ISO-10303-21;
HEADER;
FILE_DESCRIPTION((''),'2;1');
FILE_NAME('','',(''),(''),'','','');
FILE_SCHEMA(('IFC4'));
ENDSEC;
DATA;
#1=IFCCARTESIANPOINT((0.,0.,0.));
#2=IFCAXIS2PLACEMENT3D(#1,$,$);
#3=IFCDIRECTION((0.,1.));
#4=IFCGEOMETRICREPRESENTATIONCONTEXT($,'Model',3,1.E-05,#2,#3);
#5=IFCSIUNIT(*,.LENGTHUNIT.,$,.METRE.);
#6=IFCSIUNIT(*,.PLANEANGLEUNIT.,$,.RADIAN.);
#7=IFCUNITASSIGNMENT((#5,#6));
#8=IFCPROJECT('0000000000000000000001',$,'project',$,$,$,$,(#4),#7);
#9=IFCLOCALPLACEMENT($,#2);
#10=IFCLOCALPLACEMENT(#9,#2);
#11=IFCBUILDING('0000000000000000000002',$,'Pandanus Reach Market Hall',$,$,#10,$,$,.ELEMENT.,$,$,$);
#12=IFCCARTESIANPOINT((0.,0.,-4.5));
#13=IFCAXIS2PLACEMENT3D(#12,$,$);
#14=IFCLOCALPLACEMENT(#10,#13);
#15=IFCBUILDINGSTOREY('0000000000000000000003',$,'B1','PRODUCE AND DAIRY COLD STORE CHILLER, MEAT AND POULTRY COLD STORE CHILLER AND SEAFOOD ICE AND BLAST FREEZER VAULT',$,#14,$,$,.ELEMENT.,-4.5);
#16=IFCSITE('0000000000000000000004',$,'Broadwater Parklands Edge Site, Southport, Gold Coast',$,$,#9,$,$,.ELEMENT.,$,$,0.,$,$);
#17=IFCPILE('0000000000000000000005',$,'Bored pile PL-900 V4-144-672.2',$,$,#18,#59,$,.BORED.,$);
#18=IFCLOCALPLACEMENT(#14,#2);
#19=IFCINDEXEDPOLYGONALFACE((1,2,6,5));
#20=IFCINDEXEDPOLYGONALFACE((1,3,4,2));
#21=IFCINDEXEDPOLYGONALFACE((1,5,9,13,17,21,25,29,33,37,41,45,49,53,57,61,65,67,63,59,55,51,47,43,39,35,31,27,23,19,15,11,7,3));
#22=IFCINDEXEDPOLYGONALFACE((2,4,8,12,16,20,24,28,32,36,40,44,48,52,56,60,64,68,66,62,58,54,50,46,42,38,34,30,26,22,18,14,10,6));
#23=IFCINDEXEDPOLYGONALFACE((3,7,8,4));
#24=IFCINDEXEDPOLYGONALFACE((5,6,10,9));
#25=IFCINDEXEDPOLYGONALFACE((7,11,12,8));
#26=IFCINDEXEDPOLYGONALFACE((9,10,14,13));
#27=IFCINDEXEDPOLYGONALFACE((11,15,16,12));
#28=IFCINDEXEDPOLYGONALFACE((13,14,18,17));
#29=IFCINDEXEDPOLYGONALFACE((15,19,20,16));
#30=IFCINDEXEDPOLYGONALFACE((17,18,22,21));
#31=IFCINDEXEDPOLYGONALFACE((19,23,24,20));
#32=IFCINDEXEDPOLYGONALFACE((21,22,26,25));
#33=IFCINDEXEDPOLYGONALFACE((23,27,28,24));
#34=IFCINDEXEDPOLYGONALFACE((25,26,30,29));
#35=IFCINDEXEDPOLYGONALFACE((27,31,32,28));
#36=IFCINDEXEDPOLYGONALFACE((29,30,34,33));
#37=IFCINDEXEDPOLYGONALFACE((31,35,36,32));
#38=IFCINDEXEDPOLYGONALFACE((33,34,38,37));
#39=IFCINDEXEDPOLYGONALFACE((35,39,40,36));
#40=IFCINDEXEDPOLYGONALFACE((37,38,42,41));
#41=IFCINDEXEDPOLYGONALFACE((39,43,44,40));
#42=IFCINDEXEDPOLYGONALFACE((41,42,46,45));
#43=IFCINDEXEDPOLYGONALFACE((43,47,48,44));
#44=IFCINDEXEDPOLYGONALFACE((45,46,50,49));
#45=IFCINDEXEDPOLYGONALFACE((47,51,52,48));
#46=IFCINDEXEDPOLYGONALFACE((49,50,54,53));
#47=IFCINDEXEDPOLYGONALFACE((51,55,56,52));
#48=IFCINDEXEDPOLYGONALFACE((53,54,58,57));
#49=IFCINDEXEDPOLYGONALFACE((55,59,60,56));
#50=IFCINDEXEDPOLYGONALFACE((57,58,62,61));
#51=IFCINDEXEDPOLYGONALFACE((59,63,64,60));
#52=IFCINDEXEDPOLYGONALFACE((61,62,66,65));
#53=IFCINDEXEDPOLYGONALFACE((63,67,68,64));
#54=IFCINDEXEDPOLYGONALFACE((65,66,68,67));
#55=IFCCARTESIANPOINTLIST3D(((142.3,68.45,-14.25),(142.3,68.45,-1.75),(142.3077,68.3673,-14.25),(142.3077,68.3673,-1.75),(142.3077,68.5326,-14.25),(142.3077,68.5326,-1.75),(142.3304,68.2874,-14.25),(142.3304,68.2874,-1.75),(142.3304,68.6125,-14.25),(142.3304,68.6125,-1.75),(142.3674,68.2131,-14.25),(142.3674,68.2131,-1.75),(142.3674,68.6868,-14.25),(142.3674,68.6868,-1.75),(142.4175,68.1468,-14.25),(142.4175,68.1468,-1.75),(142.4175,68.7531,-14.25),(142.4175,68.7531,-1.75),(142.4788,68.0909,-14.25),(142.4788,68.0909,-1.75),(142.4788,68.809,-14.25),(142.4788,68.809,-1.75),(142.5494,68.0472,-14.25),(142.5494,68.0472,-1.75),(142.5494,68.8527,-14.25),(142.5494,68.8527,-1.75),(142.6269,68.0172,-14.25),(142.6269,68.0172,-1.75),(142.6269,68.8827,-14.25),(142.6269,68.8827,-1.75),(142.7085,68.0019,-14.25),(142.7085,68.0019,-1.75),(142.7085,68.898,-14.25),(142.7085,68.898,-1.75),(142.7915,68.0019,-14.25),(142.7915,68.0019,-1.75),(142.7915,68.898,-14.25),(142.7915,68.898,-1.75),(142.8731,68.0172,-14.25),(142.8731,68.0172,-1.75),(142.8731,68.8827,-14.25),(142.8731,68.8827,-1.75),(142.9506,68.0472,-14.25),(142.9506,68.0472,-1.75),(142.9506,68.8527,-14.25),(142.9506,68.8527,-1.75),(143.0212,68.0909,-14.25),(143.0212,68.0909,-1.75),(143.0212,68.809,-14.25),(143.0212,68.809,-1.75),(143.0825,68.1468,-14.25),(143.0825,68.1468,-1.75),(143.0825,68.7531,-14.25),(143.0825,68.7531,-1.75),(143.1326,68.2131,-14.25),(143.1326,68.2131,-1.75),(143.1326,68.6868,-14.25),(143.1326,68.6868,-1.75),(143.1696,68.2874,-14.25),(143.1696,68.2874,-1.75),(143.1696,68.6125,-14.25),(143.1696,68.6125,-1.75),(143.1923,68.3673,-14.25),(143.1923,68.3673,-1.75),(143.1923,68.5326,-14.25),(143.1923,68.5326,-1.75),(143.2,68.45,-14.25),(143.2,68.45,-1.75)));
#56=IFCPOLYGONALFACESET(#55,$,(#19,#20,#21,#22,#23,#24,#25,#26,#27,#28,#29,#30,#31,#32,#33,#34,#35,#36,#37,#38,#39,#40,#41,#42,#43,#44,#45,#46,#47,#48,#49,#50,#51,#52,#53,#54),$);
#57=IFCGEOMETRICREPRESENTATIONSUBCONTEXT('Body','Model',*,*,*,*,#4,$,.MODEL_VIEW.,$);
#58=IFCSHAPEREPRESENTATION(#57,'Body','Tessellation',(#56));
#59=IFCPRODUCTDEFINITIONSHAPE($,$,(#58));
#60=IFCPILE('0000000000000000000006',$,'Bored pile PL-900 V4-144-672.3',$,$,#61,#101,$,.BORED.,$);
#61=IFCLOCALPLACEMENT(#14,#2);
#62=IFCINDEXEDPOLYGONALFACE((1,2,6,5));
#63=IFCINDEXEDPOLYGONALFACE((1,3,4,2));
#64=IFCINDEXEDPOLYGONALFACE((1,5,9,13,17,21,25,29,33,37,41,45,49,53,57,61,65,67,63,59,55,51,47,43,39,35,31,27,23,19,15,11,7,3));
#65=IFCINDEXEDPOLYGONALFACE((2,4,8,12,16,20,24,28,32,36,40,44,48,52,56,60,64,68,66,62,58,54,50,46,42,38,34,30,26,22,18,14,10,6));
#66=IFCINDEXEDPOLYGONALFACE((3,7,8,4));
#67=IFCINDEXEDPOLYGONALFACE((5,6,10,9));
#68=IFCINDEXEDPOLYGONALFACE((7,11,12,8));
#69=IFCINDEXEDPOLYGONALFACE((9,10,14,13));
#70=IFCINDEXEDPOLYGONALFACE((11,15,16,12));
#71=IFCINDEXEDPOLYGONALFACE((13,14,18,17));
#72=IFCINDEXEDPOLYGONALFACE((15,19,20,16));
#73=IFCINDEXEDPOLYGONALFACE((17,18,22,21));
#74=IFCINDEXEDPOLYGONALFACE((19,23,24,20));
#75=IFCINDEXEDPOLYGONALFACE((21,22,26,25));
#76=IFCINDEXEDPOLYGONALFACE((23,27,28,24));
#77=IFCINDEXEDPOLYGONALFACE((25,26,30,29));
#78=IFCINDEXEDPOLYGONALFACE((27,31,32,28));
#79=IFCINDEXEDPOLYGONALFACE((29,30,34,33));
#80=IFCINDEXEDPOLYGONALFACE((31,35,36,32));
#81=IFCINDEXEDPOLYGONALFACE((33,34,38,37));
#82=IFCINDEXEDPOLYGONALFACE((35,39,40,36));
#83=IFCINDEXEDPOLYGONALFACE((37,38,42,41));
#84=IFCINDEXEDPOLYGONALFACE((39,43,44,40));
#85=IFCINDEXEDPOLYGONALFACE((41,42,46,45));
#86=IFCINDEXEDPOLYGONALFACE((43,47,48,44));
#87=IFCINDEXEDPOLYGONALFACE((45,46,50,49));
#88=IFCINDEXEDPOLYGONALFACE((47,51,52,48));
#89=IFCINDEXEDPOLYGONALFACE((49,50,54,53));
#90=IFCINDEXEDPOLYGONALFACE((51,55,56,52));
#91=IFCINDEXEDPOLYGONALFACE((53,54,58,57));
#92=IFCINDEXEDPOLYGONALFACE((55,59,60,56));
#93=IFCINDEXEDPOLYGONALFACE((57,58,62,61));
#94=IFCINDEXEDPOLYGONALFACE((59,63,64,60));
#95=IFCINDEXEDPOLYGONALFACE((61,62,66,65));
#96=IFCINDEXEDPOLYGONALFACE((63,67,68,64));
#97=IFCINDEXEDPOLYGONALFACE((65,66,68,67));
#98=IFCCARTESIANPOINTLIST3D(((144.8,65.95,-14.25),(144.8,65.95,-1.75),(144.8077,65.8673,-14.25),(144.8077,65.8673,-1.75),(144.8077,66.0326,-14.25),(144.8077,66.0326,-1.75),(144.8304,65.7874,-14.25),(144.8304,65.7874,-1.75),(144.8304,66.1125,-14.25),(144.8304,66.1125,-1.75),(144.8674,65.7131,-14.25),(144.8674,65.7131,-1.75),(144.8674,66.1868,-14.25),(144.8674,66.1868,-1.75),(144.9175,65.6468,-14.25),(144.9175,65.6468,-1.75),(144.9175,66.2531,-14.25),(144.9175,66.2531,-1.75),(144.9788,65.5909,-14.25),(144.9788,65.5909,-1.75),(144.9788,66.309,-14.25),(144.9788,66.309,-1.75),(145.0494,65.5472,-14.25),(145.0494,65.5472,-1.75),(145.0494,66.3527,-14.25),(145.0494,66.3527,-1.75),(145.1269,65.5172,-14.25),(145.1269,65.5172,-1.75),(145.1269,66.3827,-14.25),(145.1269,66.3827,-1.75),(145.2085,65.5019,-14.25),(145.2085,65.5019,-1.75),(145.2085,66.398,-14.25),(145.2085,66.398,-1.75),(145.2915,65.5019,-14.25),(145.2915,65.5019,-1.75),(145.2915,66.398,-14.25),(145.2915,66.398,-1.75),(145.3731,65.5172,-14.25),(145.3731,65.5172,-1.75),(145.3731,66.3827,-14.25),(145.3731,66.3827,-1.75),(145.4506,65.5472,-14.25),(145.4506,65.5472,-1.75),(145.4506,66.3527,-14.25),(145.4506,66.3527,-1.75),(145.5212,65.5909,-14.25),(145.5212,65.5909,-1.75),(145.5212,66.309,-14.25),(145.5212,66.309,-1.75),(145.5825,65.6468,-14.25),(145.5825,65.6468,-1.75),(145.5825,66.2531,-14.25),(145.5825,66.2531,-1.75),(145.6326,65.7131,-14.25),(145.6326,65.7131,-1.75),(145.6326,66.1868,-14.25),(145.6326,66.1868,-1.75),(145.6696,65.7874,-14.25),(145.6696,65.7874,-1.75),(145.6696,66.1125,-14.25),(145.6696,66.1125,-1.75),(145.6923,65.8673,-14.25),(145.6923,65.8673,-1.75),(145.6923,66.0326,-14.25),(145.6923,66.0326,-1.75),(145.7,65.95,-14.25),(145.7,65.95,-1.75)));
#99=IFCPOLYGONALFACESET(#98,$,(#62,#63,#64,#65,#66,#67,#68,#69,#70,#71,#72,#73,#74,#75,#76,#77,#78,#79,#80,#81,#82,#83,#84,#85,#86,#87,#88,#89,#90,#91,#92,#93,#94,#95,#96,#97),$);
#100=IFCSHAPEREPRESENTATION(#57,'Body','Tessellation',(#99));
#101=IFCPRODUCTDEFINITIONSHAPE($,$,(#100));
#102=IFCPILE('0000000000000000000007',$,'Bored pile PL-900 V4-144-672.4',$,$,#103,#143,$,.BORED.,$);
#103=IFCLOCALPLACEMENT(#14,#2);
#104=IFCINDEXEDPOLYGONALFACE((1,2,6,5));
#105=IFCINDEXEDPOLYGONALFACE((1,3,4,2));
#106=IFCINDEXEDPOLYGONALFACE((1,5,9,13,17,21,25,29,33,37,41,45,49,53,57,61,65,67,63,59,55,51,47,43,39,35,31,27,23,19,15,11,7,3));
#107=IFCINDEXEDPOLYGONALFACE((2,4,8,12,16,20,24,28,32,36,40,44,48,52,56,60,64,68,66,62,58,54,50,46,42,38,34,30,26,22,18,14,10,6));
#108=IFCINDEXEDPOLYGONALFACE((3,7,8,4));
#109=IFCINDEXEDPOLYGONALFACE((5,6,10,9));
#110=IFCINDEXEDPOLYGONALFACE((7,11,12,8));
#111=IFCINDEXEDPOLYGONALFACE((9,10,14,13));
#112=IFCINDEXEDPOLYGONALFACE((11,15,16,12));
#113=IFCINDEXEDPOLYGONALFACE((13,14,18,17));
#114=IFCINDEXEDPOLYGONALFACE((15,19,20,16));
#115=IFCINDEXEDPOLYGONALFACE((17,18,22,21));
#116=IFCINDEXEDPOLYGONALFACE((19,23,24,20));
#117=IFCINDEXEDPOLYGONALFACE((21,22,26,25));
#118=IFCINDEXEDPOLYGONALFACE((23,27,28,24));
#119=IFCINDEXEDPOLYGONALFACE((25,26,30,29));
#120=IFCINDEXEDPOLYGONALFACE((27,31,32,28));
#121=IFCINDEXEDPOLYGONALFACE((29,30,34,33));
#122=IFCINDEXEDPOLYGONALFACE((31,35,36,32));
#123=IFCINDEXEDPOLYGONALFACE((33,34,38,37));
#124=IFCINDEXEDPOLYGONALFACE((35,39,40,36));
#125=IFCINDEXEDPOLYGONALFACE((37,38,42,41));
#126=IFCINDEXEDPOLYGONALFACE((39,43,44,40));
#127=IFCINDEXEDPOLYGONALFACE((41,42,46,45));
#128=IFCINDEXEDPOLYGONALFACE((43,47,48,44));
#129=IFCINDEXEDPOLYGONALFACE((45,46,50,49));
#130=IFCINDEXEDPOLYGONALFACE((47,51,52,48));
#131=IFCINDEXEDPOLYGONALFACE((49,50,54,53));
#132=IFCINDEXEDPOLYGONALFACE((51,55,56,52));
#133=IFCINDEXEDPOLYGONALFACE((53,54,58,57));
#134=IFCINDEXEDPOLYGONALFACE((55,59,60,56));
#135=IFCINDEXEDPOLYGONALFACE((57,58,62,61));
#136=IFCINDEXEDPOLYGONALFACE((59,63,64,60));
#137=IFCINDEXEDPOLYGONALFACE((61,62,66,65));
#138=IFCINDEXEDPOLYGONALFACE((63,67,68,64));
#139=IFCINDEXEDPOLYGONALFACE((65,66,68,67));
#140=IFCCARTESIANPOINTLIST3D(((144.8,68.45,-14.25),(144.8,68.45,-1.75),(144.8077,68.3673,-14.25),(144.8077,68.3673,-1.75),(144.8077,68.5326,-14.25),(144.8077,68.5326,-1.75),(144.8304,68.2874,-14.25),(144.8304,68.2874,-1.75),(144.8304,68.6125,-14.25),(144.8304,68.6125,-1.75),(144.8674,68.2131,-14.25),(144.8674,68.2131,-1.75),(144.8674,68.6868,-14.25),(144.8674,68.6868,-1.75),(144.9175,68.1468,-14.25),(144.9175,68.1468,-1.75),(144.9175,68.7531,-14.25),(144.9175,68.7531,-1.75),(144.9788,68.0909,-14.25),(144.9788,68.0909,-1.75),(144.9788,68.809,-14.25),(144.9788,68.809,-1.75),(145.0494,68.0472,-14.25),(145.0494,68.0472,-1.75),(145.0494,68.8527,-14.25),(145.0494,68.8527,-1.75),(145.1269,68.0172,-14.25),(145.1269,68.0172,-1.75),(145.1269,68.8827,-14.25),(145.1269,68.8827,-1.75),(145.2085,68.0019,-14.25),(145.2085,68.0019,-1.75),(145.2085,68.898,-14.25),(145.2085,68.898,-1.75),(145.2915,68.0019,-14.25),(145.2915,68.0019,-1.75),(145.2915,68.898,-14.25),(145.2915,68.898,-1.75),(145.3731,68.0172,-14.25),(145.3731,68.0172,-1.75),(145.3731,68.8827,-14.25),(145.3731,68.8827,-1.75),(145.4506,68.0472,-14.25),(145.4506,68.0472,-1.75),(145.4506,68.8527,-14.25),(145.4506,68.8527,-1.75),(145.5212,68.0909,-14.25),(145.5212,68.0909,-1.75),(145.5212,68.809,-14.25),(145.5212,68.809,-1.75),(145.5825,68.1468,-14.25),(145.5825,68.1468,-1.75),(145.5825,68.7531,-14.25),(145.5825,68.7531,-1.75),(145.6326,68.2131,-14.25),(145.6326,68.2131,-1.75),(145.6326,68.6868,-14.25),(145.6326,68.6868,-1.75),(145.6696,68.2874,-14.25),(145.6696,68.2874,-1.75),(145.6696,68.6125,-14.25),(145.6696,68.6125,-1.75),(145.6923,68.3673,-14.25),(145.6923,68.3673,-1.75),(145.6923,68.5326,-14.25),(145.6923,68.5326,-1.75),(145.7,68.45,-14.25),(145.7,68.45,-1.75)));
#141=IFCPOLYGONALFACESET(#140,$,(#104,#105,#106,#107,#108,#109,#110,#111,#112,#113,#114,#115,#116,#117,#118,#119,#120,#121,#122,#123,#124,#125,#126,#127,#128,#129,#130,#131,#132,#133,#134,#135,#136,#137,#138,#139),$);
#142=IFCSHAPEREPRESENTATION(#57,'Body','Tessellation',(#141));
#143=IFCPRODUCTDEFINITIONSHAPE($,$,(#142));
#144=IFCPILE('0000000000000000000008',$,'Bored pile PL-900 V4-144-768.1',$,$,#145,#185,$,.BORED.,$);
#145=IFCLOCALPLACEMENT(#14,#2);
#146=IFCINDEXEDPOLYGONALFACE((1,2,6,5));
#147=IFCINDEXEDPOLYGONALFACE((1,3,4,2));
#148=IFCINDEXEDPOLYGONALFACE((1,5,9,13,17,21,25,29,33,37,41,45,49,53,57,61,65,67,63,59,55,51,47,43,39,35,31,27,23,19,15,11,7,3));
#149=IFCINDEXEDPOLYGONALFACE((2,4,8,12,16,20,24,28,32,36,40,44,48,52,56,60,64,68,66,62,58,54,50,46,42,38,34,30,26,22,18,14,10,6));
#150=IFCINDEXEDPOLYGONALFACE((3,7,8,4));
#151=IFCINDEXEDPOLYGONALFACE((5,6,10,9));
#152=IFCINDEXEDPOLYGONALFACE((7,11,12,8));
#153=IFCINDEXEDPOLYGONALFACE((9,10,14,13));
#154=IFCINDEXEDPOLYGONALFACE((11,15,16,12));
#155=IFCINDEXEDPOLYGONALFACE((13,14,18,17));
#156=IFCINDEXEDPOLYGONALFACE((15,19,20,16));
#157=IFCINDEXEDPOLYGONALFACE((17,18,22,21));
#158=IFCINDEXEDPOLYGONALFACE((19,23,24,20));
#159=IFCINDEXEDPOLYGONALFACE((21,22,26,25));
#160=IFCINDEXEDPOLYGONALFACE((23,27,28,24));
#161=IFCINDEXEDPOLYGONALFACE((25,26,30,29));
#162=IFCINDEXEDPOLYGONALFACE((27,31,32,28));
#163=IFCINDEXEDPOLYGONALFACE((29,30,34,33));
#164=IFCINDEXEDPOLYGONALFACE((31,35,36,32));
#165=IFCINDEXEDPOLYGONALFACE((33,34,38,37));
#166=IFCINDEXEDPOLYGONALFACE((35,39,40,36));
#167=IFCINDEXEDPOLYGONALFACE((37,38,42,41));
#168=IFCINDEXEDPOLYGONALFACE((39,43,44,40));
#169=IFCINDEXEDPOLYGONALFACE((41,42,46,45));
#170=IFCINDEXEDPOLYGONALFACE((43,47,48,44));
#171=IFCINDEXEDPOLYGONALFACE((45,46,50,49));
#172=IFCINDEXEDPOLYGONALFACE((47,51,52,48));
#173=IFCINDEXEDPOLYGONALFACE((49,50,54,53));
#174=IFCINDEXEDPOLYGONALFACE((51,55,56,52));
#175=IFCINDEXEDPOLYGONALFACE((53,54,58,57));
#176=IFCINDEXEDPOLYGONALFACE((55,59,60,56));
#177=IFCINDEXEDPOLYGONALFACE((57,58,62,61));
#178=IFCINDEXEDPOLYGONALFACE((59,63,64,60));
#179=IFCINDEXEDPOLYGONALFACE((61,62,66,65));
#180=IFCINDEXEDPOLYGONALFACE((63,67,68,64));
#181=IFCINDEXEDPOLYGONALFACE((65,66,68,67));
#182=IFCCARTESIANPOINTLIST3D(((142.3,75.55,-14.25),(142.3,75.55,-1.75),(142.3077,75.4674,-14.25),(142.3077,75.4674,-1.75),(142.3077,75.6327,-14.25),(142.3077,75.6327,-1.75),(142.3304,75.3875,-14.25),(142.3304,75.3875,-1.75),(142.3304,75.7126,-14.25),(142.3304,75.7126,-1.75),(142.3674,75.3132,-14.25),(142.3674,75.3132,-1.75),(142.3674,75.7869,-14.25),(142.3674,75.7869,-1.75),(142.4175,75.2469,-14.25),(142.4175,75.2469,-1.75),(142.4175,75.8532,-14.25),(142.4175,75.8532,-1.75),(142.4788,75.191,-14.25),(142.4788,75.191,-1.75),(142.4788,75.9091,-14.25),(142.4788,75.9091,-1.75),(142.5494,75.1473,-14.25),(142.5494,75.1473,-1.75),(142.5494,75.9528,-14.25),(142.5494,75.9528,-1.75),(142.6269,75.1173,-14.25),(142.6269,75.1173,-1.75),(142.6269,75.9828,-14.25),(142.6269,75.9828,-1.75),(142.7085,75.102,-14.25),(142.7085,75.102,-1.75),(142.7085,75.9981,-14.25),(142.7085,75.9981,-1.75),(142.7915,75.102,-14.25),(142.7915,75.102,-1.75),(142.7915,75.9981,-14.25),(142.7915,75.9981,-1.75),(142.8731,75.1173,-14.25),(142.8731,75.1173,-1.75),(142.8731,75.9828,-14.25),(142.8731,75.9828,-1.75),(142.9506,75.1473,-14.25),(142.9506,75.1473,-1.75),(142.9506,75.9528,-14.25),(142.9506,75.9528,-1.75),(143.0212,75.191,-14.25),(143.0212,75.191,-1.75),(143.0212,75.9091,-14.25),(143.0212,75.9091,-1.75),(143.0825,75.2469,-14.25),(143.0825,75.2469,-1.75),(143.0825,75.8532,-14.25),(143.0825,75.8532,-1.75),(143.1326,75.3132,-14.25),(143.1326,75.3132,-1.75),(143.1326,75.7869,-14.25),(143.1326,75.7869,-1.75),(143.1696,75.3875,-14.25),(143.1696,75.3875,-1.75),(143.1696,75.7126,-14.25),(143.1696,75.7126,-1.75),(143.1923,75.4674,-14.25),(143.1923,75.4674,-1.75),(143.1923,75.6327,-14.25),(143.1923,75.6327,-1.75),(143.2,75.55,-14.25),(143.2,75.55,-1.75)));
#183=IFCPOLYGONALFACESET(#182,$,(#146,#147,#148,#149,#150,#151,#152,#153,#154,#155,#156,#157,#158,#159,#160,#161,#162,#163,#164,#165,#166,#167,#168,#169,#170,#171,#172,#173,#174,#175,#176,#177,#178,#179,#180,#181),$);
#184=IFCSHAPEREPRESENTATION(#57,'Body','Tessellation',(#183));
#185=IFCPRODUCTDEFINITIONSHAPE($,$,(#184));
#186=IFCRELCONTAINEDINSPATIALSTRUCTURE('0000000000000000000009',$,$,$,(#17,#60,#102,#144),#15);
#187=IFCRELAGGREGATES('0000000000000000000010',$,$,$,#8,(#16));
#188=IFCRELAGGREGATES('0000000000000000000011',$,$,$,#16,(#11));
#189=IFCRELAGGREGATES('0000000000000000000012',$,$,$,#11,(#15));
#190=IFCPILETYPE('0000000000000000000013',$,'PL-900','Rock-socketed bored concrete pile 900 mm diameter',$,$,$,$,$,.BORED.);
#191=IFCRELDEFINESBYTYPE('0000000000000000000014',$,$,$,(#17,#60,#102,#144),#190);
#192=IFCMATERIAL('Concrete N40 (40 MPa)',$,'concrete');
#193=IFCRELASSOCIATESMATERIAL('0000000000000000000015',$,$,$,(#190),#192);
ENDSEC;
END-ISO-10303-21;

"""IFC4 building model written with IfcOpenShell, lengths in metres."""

from ifc_helpers import new_model, si_unit, direction, frame, origin, origin_2d, place, context, subcontext, project, spatial, circle, extrude, material, material_profile, profile_set, type_object, element, save


model = new_model("IFC4")

# Units and contexts
model_context = context("Model", 3, precision=1e-05, world=origin(), true_north=direction((0.0, 1.0)))
body_context = subcontext(model_context, "Body", "Model", "MODEL_VIEW")
ifc_project = project(units=[si_unit("LENGTHUNIT", "METRE"), si_unit("PLANEANGLEUNIT", "RADIAN")], contexts=[model_context])

# Site, building, storey
site_placement = place(None, origin())
site = spatial("IfcSite", under=ifc_project, at=site_placement, Name="Broadwater Parklands Edge Site, Southport, Gold Coast", CompositionType="ELEMENT", RefElevation=0.0)
building_placement = place(site_placement, origin())
building = spatial("IfcBuilding", under=site, at=building_placement, Name="Pandanus Reach Market Hall", CompositionType="ELEMENT")
storey_placement = place(building_placement, frame((0.0, 0.0, -4.5)))
storey = spatial("IfcBuildingStorey", under=building, at=storey_placement, Name="B1", Description="PRODUCE AND DAIRY COLD STORE CHILLER, MEAT AND POULTRY COLD STORE CHILLER AND SEAFOOD ICE AND BLAST FREEZER VAULT", CompositionType="ELEMENT", Elevation=-4.5)

# Shared definitions
ifc_material_1 = material(Name="Concrete N40 (40 MPa)", Category="concrete")

# Piles
ifc_material_profile_1 = material_profile(ifc_material_1, circle(Radius=0.45, at=origin_2d()), Name="PILE-900D", Category="LoadBearing")
ifc_profile_set_1 = profile_set([ifc_material_profile_1], Name="Concrete N40 (40 MPa)")
pile_type_1 = type_object("IfcPileType", Name="PL-900", Description="Rock-socketed bored concrete pile 900 mm diameter", PredefinedType="BORED", material=ifc_profile_set_1)
for number, where, z_axis, x_axis, name in (
    (1, (142.75, 68.45, -1.75), (0.0, 0.0, -1.0), (1.0, 0.0, 0.0), "Bored pile PL-900 V4-144-672.2"),
    (2, (145.25, 65.95, -1.75), (0.0, 0.0, -1.0), (1.0, 0.0, 0.0), "Bored pile PL-900 V4-144-672.3"),
    (3, (145.25, 68.45, -1.75), (0.0, 0.0, -1.0), (1.0, 0.0, 0.0), "Bored pile PL-900 V4-144-672.4"),
    (4, (142.75, 75.55, -1.75), (0.0, 0.0, -1.0), (1.0, 0.0, 0.0), "Bored pile PL-900 V4-144-768.1"),
):
    element("IfcPile", number, at=place(storey_placement, frame(where, z_axis=z_axis, x_axis=x_axis)), inside=storey, type_object=pile_type_1, Name=name, PredefinedType="BORED", context=body_context, shape_type="SweptSolid", body=[
        extrude(circle(Radius=0.45, at=origin_2d()), origin(), (0.0, 0.0, 1.0), 12.5),
    ])

save(model, "model.ifc")
